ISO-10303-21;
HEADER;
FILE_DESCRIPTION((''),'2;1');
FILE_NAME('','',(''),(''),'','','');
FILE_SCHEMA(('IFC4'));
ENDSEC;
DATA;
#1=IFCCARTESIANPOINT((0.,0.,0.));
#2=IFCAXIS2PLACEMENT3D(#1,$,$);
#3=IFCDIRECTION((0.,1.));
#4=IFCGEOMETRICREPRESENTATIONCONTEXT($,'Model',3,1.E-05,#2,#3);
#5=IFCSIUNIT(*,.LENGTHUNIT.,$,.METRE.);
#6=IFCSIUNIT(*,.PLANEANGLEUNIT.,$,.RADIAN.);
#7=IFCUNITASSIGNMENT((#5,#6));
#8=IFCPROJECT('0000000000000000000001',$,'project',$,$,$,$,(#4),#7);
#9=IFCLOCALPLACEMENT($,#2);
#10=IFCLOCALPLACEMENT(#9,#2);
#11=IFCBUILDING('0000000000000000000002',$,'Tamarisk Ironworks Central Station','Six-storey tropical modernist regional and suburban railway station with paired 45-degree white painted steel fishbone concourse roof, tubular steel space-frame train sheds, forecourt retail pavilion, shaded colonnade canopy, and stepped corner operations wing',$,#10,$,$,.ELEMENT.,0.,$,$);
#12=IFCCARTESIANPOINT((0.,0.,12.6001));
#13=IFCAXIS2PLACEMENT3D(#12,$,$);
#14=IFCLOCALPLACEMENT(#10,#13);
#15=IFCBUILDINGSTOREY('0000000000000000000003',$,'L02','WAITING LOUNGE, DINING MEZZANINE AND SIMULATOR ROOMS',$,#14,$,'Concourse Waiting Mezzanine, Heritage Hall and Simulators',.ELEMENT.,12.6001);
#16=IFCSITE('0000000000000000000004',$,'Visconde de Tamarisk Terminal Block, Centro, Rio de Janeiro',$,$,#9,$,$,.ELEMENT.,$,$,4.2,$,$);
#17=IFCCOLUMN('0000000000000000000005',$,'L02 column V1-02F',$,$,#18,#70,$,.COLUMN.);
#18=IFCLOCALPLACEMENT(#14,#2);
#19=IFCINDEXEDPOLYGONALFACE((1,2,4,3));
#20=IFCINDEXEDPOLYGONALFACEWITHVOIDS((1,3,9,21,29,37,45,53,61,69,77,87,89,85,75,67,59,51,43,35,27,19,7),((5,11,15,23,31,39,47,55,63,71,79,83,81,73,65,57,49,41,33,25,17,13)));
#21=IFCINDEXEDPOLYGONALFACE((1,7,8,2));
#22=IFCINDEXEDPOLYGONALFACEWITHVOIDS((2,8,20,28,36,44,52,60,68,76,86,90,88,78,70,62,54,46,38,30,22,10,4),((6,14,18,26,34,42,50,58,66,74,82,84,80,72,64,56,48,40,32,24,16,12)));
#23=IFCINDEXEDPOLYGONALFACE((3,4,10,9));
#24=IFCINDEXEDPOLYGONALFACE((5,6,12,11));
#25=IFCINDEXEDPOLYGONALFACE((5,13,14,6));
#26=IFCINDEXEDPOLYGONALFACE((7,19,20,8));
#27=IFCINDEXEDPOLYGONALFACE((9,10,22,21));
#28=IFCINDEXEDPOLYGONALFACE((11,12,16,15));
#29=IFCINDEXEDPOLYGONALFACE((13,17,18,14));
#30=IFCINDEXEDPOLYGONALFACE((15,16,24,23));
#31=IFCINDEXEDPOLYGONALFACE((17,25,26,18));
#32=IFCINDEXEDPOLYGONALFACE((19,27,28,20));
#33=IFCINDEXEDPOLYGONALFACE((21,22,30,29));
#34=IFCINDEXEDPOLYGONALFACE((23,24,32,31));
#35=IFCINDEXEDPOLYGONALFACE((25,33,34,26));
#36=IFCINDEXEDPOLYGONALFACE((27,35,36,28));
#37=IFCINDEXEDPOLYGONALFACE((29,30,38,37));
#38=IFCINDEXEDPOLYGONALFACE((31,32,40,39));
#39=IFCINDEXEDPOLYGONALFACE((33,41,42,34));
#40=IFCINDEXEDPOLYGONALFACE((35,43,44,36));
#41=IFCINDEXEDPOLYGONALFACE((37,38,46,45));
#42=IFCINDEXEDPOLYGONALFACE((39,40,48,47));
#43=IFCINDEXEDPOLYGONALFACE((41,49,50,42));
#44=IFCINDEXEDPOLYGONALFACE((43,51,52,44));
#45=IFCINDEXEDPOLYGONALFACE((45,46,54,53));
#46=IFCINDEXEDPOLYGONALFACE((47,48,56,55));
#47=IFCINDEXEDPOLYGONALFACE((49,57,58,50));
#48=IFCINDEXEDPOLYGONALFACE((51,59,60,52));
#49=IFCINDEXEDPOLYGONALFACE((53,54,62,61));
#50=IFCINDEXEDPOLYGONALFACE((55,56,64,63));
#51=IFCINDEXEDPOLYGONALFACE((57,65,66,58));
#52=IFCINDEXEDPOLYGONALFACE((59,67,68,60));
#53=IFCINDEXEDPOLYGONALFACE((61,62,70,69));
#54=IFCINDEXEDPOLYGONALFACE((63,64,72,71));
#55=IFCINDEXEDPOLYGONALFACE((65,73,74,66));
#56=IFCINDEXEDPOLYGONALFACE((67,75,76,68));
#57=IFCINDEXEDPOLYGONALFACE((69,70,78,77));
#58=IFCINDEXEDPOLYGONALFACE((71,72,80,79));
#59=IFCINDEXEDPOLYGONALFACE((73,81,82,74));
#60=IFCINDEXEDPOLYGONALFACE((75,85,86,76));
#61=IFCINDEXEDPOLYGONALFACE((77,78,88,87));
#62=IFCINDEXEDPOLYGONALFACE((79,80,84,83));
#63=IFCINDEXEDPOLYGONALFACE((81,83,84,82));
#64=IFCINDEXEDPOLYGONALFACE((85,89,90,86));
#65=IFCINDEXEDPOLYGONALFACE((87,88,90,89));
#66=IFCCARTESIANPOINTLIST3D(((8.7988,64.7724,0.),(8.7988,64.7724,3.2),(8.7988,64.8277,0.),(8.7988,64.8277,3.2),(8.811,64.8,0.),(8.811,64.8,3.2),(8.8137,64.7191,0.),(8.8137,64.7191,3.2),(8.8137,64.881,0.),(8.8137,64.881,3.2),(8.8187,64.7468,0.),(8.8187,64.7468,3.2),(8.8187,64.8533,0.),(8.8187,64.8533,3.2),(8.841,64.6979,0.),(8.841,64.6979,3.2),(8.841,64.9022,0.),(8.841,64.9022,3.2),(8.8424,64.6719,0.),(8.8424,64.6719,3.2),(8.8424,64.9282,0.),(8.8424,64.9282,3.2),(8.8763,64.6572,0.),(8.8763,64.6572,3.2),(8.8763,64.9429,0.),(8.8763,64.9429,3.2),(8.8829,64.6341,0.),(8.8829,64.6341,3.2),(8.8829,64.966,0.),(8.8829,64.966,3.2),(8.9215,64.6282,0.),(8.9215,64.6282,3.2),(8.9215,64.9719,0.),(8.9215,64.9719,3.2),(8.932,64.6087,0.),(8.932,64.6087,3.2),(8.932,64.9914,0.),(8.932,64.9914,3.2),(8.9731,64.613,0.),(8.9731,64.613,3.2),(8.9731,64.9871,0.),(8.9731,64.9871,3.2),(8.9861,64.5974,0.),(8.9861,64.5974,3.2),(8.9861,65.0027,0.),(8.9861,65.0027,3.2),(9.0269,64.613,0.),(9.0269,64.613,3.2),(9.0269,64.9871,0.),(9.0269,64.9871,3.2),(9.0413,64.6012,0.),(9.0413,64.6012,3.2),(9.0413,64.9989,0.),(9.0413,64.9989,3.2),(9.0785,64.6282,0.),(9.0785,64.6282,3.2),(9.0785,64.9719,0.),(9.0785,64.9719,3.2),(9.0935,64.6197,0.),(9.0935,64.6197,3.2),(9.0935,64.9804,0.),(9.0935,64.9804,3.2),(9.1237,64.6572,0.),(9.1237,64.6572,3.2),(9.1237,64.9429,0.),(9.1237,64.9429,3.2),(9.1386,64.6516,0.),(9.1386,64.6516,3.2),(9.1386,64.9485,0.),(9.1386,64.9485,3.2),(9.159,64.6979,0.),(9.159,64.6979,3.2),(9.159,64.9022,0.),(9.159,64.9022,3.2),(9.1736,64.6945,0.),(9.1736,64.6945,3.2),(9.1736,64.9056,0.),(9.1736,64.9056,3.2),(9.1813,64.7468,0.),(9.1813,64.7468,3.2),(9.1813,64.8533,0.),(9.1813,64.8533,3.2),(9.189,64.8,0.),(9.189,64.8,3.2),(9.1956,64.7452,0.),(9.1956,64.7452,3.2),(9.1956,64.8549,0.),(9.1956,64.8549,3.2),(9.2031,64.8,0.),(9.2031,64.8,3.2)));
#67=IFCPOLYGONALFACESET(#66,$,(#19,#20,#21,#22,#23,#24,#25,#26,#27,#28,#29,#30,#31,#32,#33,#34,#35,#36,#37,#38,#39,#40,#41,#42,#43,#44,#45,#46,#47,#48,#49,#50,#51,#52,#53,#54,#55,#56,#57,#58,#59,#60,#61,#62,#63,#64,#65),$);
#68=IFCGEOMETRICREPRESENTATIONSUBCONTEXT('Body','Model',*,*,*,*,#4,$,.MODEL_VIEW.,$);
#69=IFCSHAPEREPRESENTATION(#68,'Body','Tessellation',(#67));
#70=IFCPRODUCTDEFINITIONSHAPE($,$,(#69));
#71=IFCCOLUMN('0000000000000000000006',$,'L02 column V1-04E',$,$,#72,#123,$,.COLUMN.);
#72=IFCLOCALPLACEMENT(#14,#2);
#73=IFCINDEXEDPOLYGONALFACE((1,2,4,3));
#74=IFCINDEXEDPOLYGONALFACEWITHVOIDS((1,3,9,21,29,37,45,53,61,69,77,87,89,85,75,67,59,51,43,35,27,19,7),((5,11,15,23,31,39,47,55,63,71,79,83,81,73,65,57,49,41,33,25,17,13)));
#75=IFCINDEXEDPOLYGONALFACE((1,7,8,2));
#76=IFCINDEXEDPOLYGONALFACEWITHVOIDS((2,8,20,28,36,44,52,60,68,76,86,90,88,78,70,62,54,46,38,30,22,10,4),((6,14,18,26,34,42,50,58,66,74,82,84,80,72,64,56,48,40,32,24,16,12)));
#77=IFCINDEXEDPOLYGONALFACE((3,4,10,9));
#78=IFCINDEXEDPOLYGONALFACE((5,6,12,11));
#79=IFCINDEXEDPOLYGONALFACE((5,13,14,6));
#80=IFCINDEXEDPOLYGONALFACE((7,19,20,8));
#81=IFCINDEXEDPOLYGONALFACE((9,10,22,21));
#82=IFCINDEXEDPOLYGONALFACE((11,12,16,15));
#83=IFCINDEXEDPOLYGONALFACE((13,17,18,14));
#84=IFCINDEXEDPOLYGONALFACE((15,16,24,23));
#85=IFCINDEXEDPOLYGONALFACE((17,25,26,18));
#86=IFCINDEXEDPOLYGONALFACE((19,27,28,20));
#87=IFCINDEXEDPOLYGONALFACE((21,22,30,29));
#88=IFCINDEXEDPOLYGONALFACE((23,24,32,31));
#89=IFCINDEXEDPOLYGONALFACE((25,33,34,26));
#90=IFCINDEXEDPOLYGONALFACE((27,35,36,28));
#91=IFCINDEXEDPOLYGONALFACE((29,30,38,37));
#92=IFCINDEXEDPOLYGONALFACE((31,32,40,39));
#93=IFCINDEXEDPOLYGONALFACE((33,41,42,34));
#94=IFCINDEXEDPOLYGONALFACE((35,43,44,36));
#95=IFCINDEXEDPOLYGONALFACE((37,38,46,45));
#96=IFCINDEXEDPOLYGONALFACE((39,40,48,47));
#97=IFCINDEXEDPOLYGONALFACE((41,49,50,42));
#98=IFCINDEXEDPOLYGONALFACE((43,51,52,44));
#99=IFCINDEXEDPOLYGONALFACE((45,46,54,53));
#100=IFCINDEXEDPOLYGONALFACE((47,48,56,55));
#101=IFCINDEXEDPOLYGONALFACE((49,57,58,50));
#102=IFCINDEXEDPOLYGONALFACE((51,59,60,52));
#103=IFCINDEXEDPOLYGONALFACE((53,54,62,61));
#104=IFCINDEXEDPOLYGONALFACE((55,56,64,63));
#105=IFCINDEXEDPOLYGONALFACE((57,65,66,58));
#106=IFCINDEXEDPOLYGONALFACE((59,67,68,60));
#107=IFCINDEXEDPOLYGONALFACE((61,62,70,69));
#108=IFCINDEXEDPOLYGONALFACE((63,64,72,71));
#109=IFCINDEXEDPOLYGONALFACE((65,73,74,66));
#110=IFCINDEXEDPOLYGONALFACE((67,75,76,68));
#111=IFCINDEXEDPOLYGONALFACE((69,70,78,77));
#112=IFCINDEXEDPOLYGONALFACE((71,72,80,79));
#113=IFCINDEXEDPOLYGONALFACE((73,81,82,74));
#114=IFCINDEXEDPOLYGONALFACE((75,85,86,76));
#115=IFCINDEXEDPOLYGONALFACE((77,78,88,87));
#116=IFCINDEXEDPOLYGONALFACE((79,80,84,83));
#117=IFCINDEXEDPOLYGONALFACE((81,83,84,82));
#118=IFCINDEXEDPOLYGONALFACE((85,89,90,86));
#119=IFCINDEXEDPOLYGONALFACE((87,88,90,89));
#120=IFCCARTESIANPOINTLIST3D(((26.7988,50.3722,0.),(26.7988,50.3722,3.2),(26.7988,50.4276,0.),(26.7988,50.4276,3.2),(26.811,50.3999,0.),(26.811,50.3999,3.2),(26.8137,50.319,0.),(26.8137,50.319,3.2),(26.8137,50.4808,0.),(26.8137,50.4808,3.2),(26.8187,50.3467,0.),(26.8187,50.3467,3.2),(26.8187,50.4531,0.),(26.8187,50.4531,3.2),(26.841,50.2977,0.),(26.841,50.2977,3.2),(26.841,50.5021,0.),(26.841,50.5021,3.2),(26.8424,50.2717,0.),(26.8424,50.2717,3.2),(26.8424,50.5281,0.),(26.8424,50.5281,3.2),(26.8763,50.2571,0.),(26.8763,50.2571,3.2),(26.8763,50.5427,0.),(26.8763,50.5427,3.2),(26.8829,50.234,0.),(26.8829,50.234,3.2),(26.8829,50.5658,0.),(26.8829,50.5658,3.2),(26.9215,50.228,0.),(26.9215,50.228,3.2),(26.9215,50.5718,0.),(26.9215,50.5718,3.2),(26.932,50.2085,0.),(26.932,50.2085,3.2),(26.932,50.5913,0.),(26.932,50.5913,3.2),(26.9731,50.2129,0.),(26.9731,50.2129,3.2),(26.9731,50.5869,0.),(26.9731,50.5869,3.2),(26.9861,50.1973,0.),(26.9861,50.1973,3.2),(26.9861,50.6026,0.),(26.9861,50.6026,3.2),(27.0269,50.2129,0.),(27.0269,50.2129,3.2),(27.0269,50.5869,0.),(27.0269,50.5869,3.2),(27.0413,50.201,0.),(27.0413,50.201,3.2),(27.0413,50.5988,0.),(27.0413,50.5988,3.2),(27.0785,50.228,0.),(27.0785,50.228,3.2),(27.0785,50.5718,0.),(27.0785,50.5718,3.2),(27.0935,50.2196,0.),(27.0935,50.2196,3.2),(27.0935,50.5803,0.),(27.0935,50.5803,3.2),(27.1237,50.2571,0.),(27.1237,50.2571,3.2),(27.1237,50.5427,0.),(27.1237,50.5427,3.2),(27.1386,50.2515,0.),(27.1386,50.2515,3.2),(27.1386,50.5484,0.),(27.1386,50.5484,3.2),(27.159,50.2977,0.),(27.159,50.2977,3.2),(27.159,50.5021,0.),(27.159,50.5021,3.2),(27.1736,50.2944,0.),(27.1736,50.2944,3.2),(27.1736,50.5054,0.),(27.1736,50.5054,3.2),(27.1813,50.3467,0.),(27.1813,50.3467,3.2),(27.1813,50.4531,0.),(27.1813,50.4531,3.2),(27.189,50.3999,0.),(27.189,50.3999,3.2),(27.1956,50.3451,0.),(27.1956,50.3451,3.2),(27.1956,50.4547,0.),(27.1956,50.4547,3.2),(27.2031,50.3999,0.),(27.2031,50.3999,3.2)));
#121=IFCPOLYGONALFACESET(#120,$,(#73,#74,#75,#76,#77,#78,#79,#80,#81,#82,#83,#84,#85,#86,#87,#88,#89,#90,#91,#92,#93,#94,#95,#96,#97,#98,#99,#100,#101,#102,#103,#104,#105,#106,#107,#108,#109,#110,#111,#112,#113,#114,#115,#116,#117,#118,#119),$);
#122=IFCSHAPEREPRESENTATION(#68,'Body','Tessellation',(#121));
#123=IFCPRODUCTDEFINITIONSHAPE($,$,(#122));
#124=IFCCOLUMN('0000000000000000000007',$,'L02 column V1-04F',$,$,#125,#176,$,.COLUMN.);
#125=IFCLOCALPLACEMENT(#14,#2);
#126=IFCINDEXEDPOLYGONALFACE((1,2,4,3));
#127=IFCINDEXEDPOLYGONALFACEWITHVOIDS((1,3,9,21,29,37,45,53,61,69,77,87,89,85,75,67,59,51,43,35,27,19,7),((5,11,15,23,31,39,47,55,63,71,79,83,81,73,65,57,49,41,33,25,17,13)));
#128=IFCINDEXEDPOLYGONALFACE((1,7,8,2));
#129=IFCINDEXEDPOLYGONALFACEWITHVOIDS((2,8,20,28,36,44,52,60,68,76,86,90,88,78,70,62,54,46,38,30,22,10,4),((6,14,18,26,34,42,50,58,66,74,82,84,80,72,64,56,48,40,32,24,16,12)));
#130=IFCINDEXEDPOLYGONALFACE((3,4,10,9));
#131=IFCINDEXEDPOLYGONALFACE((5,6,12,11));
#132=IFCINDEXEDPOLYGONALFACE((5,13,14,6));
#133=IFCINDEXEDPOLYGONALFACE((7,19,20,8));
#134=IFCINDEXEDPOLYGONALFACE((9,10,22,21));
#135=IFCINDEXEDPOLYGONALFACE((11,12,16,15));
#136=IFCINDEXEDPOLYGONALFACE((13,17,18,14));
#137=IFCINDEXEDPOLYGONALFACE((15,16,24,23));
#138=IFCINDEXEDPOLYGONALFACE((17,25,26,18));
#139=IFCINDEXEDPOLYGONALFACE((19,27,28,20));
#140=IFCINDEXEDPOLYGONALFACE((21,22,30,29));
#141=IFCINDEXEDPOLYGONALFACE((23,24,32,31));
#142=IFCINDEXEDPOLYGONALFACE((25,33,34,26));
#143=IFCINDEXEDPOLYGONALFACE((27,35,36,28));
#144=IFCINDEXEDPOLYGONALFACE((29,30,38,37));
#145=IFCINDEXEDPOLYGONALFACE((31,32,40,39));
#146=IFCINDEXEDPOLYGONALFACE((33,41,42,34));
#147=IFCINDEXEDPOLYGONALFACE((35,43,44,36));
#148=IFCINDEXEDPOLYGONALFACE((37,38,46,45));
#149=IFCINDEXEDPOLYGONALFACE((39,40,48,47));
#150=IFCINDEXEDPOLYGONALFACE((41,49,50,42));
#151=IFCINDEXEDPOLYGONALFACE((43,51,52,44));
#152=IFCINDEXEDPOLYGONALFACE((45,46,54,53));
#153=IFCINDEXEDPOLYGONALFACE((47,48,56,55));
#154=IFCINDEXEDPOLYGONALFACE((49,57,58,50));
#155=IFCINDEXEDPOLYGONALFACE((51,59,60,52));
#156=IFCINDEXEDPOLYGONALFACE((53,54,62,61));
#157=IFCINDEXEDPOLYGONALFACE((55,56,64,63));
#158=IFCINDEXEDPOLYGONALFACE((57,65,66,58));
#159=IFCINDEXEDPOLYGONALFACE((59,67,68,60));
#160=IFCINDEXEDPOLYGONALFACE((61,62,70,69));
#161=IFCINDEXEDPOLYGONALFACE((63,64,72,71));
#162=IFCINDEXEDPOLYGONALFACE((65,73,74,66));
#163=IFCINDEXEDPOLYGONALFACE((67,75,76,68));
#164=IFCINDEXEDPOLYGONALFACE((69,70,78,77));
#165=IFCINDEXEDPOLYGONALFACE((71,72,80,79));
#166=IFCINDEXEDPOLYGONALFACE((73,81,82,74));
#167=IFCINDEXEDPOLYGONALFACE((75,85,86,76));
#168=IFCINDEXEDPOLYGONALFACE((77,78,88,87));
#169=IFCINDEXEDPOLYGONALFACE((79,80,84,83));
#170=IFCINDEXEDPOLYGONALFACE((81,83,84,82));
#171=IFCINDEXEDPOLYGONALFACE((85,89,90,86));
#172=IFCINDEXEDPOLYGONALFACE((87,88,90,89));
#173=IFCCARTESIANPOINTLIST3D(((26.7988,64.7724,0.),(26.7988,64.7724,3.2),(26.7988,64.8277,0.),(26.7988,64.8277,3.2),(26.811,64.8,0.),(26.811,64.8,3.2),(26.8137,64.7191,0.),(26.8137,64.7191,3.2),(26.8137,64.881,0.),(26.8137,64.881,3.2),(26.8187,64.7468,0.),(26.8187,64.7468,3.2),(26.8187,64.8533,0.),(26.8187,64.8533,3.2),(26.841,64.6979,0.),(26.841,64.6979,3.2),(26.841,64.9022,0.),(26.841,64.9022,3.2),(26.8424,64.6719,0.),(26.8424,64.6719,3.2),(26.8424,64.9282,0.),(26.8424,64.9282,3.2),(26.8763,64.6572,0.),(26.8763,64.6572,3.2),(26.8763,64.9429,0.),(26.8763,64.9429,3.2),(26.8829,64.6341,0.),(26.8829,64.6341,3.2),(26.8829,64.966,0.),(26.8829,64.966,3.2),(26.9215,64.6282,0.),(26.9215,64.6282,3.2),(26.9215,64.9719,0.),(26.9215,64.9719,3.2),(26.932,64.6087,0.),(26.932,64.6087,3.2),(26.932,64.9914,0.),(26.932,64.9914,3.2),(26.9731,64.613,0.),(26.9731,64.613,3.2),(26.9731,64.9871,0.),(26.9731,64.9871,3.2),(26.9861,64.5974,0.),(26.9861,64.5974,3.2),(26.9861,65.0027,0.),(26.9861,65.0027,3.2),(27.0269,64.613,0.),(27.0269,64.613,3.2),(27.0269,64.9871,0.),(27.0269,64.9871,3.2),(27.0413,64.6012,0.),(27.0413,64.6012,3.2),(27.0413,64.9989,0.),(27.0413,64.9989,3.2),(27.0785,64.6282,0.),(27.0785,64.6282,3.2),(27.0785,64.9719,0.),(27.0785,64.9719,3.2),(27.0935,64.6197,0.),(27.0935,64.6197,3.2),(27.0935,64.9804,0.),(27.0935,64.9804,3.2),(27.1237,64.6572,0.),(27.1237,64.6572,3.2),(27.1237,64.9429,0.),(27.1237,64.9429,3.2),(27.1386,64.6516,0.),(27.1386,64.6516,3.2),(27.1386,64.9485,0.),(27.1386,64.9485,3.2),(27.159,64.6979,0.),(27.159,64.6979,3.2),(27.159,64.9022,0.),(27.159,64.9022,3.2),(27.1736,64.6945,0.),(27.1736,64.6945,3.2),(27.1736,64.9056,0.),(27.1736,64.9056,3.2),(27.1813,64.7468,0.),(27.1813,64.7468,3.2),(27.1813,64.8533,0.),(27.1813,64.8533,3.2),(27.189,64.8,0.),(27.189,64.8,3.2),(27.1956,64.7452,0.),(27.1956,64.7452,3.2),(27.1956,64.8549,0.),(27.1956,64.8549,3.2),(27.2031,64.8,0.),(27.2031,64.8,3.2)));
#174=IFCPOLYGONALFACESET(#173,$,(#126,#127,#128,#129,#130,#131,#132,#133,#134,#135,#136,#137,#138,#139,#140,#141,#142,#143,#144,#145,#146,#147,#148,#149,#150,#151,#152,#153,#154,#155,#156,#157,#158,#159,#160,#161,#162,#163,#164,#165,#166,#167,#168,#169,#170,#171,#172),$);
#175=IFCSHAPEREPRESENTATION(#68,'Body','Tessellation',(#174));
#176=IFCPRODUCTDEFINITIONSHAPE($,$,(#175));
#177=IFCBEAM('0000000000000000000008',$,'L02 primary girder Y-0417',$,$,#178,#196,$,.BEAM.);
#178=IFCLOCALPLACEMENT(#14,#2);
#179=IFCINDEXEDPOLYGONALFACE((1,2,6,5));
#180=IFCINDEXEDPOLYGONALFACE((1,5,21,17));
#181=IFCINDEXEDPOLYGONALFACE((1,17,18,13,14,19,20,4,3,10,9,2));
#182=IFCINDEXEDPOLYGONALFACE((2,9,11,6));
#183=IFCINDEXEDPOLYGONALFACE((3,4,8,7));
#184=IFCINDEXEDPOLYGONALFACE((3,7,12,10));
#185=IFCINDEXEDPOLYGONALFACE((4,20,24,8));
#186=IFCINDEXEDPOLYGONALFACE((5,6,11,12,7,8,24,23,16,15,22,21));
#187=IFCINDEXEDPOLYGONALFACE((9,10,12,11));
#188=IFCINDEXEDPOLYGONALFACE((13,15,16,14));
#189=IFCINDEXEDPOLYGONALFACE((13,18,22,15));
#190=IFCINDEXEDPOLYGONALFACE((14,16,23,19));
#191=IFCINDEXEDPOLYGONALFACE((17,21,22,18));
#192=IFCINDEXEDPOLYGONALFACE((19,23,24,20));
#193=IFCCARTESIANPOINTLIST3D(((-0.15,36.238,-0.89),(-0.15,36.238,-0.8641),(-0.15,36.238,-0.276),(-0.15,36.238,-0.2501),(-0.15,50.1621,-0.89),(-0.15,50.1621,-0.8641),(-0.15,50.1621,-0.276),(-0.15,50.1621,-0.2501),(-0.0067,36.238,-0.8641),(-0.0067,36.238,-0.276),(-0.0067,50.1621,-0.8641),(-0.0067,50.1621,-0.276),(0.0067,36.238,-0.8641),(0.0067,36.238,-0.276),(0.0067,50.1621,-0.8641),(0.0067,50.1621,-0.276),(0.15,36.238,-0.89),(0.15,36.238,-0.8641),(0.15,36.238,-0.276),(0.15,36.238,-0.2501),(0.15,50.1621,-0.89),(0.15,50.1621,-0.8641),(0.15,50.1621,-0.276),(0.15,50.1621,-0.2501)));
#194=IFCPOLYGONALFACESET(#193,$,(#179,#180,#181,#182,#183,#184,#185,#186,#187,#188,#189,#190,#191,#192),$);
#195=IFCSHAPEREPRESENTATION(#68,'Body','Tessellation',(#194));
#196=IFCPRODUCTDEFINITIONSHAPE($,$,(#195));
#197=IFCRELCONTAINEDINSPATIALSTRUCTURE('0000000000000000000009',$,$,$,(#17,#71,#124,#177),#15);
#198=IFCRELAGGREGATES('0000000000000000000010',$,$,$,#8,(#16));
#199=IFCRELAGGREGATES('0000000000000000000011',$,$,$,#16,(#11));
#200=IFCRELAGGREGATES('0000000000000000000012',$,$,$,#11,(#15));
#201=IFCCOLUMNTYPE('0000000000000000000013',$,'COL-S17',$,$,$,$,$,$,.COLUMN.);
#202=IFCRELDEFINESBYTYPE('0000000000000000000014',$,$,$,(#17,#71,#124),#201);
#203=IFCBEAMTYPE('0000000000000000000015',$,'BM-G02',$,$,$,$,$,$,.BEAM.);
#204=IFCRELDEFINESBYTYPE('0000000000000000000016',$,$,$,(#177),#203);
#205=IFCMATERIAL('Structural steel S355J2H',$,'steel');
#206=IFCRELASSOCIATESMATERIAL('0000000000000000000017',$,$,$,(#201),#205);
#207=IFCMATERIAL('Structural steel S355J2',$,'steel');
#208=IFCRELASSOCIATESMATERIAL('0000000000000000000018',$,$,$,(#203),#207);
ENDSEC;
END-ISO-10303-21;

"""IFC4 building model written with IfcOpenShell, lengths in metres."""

from ifc_helpers import new_model, si_unit, direction, frame, origin, origin_2d, place, context, subcontext, project, spatial, hollow_circle, i_section, extrude, material, material_profile, profile_set, type_object, element, save


model = new_model("IFC4")

# Units and contexts
model_context = context("Model", 3, precision=1e-05, world=origin(), true_north=direction((0.0, 1.0)))
body_context = subcontext(model_context, "Body", "Model", "MODEL_VIEW")
ifc_project = project(units=[si_unit("LENGTHUNIT", "METRE"), si_unit("PLANEANGLEUNIT", "RADIAN")], contexts=[model_context])

# Site, building, storey
site_placement = place(None, origin())
site = spatial("IfcSite", under=ifc_project, at=site_placement, Name="Visconde de Tamarisk Terminal Block, Centro, Rio de Janeiro", CompositionType="ELEMENT", RefElevation=4.2)
building_placement = place(site_placement, origin())
building = spatial("IfcBuilding", under=site, at=building_placement, Name="Tamarisk Ironworks Central Station", Description="Six-storey tropical modernist regional and suburban railway station with paired 45-degree white painted steel fishbone concourse roof, tubular steel space-frame train sheds, forecourt retail pavilion, shaded colonnade canopy, and stepped corner operations wing", CompositionType="ELEMENT", ElevationOfRefHeight=0.0)
storey_placement = place(building_placement, frame((0.0, 0.0, 12.6001)))
storey = spatial("IfcBuildingStorey", under=building, at=storey_placement, Name="L02", Description="WAITING LOUNGE, DINING MEZZANINE AND SIMULATOR ROOMS", LongName="Concourse Waiting Mezzanine, Heritage Hall and Simulators", CompositionType="ELEMENT", Elevation=12.6001)

# Columns
ifc_material_1 = material(Name="Structural steel S355J2H", Category="steel")
ifc_material_profile_1 = material_profile(ifc_material_1, hollow_circle(Radius=0.2031, WallThickness=0.0142, at=origin_2d()), Name="CHS 406.4x14.2")
ifc_profile_set_1 = profile_set([ifc_material_profile_1], Name="Structural steel S355J2H")
column_type_1 = type_object("IfcColumnType", Name="COL-S17", PredefinedType="COLUMN", material=ifc_profile_set_1)
for number, where, z_axis, x_axis, name in (
    (1, (9.0, 64.8, 0.0), (0.0, 0.0, 1.0), (1.0, 0.0, 0.0), "L02 column V1-02F"),
    (2, (27.0, 50.3999, 0.0), (0.0, 0.0, 1.0), (1.0, 0.0, 0.0), "L02 column V1-04E"),
    (3, (27.0, 64.8, 0.0), (0.0, 0.0, 1.0), (1.0, 0.0, 0.0), "L02 column V1-04F"),
):
    element("IfcColumn", number, at=place(storey_placement, frame(where, z_axis=z_axis, x_axis=x_axis)), inside=storey, type_object=column_type_1, Name=name, PredefinedType="COLUMN", context=body_context, shape_type="SweptSolid", body=[
        extrude(hollow_circle(Radius=0.2031, WallThickness=0.0142, at=origin_2d()), origin(), (0.0, 0.0, 1.0), 3.2),
    ])

# Beam
ifc_material_2 = material(Name="Structural steel S355J2", Category="steel")
ifc_material_profile_2 = material_profile(ifc_material_2, i_section(OverallWidth=0.3, OverallDepth=0.6399, WebThickness=0.0134, FlangeThickness=0.0259, at=origin_2d()), Name="HEA 650")
ifc_profile_set_2 = profile_set([ifc_material_profile_2], Name="Structural steel S355J2")
beam_type_1 = type_object("IfcBeamType", Name="BM-G02", PredefinedType="BEAM", material=ifc_profile_set_2)
for number, where, z_axis, x_axis, name in (
    (4, (0.0, 36.238, -0.5701), (0.0, 1.0, 0.0), (-1.0, 0.0, 0.0), "L02 primary girder Y-0417"),
):
    element("IfcBeam", number, at=place(storey_placement, frame(where, z_axis=z_axis, x_axis=x_axis)), inside=storey, type_object=beam_type_1, Name=name, PredefinedType="BEAM", context=body_context, shape_type="SweptSolid", body=[
        extrude(i_section(OverallWidth=0.3, OverallDepth=0.6399, WebThickness=0.0134, FlangeThickness=0.0259, at=origin_2d()), origin(), (0.0, 0.0, 1.0), 13.9241),
    ])

save(model, "model.ifc")
